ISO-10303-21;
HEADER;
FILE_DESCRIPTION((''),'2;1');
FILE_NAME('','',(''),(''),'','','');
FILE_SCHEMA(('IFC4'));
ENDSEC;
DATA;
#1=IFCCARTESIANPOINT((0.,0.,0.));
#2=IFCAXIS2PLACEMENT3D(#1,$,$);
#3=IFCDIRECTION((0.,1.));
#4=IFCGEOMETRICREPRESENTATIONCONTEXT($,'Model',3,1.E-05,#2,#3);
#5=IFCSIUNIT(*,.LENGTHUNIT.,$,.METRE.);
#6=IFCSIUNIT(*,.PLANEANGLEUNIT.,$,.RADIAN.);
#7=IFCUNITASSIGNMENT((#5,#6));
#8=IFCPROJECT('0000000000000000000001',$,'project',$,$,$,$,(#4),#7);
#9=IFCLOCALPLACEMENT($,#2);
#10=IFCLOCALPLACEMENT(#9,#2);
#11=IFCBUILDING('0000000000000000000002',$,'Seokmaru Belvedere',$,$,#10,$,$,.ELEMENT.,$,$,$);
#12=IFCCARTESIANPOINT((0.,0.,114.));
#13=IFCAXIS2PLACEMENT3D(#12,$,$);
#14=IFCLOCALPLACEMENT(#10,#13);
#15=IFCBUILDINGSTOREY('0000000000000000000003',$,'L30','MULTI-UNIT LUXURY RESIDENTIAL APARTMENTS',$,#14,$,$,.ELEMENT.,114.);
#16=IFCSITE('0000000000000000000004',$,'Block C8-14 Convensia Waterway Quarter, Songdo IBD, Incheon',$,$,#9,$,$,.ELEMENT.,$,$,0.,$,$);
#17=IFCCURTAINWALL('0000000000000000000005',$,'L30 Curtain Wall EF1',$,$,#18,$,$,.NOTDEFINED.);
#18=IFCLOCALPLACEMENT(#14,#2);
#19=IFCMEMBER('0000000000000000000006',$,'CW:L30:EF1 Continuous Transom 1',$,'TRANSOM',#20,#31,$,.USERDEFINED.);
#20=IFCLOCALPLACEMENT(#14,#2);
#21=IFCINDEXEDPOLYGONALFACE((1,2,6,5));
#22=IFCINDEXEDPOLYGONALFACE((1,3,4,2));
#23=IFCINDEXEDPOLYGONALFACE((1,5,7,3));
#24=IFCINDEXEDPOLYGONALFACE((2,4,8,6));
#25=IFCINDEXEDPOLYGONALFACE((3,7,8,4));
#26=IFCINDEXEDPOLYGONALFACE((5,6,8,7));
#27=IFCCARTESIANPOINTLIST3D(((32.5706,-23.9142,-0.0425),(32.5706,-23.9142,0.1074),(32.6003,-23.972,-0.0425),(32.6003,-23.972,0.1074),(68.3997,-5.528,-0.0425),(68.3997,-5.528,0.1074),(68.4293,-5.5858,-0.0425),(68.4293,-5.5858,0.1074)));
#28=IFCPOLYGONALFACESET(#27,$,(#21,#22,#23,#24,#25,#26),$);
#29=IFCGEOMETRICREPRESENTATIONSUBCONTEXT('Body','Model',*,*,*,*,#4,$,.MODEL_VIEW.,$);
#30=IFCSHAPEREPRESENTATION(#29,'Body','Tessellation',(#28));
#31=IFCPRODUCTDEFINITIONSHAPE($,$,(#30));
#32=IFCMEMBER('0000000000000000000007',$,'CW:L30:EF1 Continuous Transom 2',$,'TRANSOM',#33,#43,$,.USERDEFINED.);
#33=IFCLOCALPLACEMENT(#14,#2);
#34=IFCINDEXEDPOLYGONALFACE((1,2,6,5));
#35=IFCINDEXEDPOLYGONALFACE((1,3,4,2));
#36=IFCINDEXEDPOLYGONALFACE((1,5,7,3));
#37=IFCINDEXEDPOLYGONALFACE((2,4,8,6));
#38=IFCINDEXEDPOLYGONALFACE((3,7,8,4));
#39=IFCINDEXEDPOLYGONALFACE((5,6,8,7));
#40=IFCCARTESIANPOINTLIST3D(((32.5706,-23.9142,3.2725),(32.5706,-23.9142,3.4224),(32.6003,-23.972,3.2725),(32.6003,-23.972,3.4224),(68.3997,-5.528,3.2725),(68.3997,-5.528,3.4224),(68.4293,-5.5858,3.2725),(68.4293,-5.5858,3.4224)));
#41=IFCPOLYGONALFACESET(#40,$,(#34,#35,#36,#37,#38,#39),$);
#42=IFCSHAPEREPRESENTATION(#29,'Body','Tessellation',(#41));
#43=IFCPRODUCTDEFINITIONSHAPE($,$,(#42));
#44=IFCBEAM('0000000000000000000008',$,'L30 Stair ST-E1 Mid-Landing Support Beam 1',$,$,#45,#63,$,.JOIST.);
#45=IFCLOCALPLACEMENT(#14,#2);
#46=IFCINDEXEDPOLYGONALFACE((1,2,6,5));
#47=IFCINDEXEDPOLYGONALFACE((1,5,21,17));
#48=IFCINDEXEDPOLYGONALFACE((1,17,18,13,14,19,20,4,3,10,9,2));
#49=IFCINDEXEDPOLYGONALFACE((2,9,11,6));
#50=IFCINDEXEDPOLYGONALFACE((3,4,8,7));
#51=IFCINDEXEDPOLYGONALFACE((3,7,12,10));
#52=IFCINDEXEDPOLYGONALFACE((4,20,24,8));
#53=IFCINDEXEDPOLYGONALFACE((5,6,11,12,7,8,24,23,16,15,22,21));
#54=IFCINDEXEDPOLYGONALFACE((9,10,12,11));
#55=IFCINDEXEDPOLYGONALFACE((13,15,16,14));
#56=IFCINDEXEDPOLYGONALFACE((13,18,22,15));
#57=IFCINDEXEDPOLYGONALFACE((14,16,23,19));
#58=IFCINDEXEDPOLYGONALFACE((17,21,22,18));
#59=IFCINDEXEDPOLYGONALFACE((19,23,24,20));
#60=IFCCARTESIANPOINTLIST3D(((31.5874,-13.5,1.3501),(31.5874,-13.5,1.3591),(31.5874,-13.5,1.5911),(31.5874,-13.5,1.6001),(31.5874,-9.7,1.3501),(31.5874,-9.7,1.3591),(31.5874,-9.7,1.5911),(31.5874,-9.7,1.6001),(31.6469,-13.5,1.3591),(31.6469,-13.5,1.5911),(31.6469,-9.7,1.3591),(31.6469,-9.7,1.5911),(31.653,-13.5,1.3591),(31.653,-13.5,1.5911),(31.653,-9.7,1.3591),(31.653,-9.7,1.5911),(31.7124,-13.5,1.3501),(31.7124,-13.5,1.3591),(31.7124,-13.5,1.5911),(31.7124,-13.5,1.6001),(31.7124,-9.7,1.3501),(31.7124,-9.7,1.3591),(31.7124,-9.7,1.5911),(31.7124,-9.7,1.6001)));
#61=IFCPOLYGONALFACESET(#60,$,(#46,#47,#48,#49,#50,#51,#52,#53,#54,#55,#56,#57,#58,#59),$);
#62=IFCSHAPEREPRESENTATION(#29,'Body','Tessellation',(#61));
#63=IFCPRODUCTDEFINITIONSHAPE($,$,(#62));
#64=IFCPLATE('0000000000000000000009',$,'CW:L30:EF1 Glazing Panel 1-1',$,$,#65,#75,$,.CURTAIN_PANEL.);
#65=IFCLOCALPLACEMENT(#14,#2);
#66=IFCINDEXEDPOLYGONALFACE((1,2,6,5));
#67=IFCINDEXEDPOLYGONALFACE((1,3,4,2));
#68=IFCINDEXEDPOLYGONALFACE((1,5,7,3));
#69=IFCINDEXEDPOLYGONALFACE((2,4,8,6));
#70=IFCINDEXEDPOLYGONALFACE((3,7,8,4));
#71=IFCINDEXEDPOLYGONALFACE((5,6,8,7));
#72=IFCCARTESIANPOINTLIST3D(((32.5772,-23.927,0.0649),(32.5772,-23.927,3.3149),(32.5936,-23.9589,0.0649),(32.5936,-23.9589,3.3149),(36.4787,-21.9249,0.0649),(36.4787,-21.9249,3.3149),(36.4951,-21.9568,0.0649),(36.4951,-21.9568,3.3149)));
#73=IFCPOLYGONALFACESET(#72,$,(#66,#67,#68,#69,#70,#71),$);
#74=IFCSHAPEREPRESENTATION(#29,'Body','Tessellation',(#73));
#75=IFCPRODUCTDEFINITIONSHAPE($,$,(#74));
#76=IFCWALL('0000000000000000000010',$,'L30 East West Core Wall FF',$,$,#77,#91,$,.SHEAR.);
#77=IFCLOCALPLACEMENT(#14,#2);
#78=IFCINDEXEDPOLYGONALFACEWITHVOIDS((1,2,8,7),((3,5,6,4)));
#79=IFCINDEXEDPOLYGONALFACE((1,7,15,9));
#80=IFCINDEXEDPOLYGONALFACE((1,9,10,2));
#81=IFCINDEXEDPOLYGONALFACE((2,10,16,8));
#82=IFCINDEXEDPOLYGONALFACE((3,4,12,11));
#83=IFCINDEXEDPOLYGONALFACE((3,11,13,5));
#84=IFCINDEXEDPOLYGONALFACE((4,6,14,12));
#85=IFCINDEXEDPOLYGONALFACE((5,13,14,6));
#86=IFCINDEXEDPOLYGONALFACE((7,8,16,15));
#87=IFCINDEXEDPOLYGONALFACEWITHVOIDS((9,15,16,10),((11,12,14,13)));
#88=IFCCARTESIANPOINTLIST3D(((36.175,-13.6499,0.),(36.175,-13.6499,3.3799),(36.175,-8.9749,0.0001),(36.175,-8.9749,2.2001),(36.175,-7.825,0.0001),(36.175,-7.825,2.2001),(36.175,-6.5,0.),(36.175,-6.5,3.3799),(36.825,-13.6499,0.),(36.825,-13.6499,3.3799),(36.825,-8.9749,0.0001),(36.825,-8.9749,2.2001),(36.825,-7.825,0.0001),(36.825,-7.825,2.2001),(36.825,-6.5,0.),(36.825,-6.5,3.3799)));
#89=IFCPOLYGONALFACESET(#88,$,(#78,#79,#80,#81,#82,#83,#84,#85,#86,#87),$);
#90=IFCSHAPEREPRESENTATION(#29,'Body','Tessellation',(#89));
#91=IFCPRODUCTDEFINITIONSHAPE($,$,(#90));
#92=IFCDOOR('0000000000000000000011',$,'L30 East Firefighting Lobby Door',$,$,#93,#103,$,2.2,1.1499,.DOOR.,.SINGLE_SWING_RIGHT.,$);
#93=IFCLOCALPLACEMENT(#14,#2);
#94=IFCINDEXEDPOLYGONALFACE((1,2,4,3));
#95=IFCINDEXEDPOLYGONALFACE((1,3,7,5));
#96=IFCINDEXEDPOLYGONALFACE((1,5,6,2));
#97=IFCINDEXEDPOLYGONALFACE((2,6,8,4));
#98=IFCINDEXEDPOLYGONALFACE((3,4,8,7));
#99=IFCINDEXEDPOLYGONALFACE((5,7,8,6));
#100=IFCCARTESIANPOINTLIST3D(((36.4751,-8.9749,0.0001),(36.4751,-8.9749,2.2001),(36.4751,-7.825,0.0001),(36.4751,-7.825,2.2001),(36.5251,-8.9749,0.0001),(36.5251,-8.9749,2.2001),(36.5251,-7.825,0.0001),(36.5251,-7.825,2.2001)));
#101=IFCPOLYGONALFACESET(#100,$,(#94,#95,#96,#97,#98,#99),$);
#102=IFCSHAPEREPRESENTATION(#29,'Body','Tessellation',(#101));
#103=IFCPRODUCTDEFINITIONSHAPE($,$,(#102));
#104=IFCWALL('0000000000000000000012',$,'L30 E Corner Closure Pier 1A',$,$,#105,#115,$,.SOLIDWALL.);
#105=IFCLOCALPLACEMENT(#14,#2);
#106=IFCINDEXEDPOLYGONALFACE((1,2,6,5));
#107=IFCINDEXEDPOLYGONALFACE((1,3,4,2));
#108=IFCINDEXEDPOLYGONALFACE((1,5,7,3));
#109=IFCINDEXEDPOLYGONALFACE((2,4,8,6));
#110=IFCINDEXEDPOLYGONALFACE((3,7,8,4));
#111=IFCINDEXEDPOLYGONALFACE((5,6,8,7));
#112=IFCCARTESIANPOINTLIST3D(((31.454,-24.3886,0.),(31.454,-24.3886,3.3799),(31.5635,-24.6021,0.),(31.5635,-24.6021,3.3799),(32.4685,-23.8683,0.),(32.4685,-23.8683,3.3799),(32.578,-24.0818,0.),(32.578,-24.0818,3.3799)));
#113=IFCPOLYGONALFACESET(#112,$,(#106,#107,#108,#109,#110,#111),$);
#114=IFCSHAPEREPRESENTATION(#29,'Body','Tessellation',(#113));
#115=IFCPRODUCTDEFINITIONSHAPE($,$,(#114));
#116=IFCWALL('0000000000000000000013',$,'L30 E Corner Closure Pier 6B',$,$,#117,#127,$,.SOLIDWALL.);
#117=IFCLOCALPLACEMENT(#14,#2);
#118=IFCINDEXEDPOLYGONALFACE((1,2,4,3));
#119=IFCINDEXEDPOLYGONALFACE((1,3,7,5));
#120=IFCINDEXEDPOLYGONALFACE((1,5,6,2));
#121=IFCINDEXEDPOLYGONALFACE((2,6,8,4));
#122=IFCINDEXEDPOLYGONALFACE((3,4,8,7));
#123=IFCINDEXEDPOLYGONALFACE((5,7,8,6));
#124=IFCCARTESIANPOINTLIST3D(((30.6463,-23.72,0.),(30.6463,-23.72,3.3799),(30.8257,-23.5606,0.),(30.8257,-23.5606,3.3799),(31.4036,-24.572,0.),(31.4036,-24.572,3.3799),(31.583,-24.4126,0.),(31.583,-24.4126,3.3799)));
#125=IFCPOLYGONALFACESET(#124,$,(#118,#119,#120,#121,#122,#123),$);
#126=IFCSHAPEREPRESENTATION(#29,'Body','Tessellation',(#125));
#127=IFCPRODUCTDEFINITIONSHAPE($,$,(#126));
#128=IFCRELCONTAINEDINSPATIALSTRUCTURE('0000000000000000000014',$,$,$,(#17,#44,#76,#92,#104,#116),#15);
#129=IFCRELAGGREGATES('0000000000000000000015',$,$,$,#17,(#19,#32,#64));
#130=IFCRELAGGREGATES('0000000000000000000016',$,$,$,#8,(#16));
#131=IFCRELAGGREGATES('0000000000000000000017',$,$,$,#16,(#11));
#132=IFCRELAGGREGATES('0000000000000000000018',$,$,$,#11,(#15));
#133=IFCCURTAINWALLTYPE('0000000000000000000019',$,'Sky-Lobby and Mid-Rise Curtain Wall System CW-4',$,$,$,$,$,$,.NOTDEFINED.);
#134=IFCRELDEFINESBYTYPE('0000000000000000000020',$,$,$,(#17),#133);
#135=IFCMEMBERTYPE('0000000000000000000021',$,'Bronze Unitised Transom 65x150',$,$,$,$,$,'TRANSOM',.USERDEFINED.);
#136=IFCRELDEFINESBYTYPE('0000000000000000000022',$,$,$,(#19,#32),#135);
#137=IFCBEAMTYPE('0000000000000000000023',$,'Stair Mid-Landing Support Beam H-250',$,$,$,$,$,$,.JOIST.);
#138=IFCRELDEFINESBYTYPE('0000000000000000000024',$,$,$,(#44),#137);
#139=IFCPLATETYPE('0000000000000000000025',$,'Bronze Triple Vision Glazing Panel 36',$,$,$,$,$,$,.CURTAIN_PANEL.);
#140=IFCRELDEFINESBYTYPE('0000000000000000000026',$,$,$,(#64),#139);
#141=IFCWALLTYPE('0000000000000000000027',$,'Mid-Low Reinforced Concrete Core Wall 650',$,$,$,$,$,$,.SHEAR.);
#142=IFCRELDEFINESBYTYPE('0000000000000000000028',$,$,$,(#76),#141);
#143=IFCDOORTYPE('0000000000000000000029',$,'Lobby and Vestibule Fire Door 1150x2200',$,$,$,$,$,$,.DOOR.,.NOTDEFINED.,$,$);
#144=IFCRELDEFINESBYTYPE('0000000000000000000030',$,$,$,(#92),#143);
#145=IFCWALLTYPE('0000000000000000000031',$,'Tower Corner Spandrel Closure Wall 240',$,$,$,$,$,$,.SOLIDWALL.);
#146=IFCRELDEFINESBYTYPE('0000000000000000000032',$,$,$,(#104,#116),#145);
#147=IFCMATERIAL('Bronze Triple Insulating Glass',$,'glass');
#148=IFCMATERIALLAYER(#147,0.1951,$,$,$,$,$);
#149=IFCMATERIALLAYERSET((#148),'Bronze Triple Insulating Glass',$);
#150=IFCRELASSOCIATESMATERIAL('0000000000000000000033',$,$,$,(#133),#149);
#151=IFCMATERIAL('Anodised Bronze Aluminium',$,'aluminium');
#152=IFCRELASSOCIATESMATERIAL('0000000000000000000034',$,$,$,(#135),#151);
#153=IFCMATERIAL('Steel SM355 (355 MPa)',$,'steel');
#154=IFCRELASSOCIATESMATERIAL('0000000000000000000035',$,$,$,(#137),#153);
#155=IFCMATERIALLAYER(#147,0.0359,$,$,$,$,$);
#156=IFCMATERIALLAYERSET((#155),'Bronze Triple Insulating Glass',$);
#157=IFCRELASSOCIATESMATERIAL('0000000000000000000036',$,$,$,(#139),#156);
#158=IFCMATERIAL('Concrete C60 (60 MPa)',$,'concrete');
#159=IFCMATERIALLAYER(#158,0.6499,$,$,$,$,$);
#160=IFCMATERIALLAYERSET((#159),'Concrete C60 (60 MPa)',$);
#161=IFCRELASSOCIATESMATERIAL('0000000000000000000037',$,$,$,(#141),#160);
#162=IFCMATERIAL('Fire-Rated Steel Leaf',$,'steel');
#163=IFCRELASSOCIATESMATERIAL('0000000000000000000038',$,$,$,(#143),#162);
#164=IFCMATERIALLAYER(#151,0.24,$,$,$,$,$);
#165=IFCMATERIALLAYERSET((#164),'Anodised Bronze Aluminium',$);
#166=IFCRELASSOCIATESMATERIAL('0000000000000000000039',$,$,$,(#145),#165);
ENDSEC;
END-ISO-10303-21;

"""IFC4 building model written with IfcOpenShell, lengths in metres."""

from ifc_helpers import new_model, si_unit, direction, frame, frame_2d, origin, origin_2d, place, context, subcontext, project, spatial, rectangle, i_section, extrude, source, transform, mapped, material, layer, layer_set, material_profile, profile_set, type_object, type_shapes, element, fill, aggregate, save


model = new_model("IFC4")

# Units and contexts
model_context = context("Model", 3, precision=1e-05, world=origin(), true_north=direction((0.0, 1.0)))
body_context = subcontext(model_context, "Body", "Model", "MODEL_VIEW")
ifc_project = project(units=[si_unit("LENGTHUNIT", "METRE"), si_unit("PLANEANGLEUNIT", "RADIAN")], contexts=[model_context])

# Site, building, storey
site_placement = place(None, origin())
site = spatial("IfcSite", under=ifc_project, at=site_placement, Name="Block C8-14 Convensia Waterway Quarter, Songdo IBD, Incheon", CompositionType="ELEMENT", RefElevation=0.0)
building_placement = place(site_placement, origin())
building = spatial("IfcBuilding", under=site, at=building_placement, Name="Seokmaru Belvedere", CompositionType="ELEMENT")
storey_placement = place(building_placement, frame((0.0, 0.0, 114.0)))
storey = spatial("IfcBuildingStorey", under=building, at=storey_placement, Name="L30", Description="MULTI-UNIT LUXURY RESIDENTIAL APARTMENTS", CompositionType="ELEMENT", Elevation=114.0)

# Shared definitions
ifc_material_1 = material(Name="Steel SM355 (355 MPa)", Category="steel")

# Curtain wall
ifc_material_2 = material(Name="Bronze Triple Insulating Glass", Category="glass")
ifc_layer_1 = layer(ifc_material_2, 0.1951)
ifc_layer_set_1 = layer_set([ifc_layer_1], Name="Bronze Triple Insulating Glass")
curtain_wall_type = type_object("IfcCurtainWallType", Name="Sky-Lobby and Mid-Rise Curtain Wall System CW-4", PredefinedType="NOTDEFINED", material=ifc_layer_set_1)
curtain_wall_1_placement = place(storey_placement, origin())
curtain_wall_1 = element("IfcCurtainWall", 1, at=curtain_wall_1_placement, inside=storey, type_object=curtain_wall_type, Name="L30 Curtain Wall EF1", PredefinedType="NOTDEFINED")
ifc_material_3 = material(Name="Anodised Bronze Aluminium", Category="aluminium")

# Members
ifc_material_profile_1 = material_profile(ifc_material_3, rectangle(XDim=0.0649, YDim=0.1499, at=origin_2d()), Name="CW-T-65x150")
ifc_profile_set_1 = profile_set([ifc_material_profile_1], Name="Anodised Bronze Aluminium")
member_type_1 = type_object("IfcMemberType", Name="Bronze Unitised Transom 65x150", ElementType="TRANSOM", PredefinedType="USERDEFINED", material=ifc_profile_set_1)
shared_shape_1 = source(origin(), body_context, "Body", "SweptSolid", [
    extrude(rectangle(XDim=0.0649, YDim=0.1499, at=origin_2d()), origin(), (0.0, 0.0, 1.0), 40.2712),
])
type_shapes(member_type_1, [shared_shape_1])
member_1_placement = place(storey_placement, frame((32.5854, -23.9431, 0.0325), z_axis=(0.889693, 0.456559, 0.0), x_axis=(-0.456559, 0.889693, 0.0)))
member_1 = element("IfcMember", 2, at=member_1_placement, type_object=member_type_1, Name="CW:L30:EF1 Continuous Transom 1", ObjectType="TRANSOM", PredefinedType="USERDEFINED", context=body_context, shape_type="MappedRepresentation", body=[
    mapped(shared_shape_1, transform((0.0, 0.0, 0.0), scale=1.0)),
])
member_2_placement = place(storey_placement, frame((32.5854, -23.9431, 3.3474), z_axis=(0.889693, 0.456559, 0.0), x_axis=(-0.456559, 0.889693, 0.0)))
member_2 = element("IfcMember", 3, at=member_2_placement, type_object=member_type_1, Name="CW:L30:EF1 Continuous Transom 2", ObjectType="TRANSOM", PredefinedType="USERDEFINED", context=body_context, shape_type="MappedRepresentation", body=[
    mapped(shared_shape_1, transform((0.0, 0.0, 0.0), scale=1.0)),
])

# Beam
ifc_material_profile_2 = material_profile(ifc_material_1, i_section(OverallWidth=0.125, OverallDepth=0.25, WebThickness=0.0061, FlangeThickness=0.009, at=origin_2d()), Name="H-250x125x6x9")
ifc_profile_set_2 = profile_set([ifc_material_profile_2], Name="Steel SM355 (355 MPa)")
beam_type_1 = type_object("IfcBeamType", Name="Stair Mid-Landing Support Beam H-250", PredefinedType="JOIST", material=ifc_profile_set_2)
shared_shape_2 = source(origin(), body_context, "Body", "SweptSolid", [
    extrude(i_section(OverallWidth=0.125, OverallDepth=0.25, WebThickness=0.0061, FlangeThickness=0.009, at=origin_2d()), origin(), (0.0, 0.0, 1.0), 3.8),
])
type_shapes(beam_type_1, [shared_shape_2])
beam_1_placement = place(storey_placement, frame((31.6499, -13.5, 1.4751), z_axis=(0.0, 1.0, 0.0), x_axis=(-1.0, 0.0, 0.0)))
element("IfcBeam", 4, at=beam_1_placement, inside=storey, type_object=beam_type_1, Name="L30 Stair ST-E1 Mid-Landing Support Beam 1", PredefinedType="JOIST", context=body_context, shape_type="MappedRepresentation", body=[
    mapped(shared_shape_2, transform((0.0, 0.0, 0.0), scale=1.0)),
])

# Plate
ifc_layer_2 = layer(ifc_material_2, 0.0359)
ifc_layer_set_2 = layer_set([ifc_layer_2], Name="Bronze Triple Insulating Glass")
plate_type = type_object("IfcPlateType", Name="Bronze Triple Vision Glazing Panel 36", PredefinedType="CURTAIN_PANEL", material=ifc_layer_set_2)
shared_shape_3 = source(origin(), body_context, "Body", "SweptSolid", [
    extrude(rectangle(XDim=4.3853, YDim=0.0359, at=origin_2d()), origin(), (0.0, 0.0, 1.0), 3.25),
])
type_shapes(plate_type, [shared_shape_3])
plate_placement = place(storey_placement, frame((34.5361, -22.9419, 0.0649), z_axis=(0.0, 0.0, 1.0), x_axis=(0.889695, 0.456555, 0.0)))
plate = element("IfcPlate", 5, at=plate_placement, type_object=plate_type, Name="CW:L30:EF1 Glazing Panel 1-1", PredefinedType="CURTAIN_PANEL", context=body_context, shape_type="MappedRepresentation", body=[
    mapped(shared_shape_3, transform((0.0, 0.0, 0.0), scale=1.0)),
])
aggregate(curtain_wall_1, [member_1, member_2, plate])

# Wall, opening, door
ifc_material_4 = material(Name="Concrete C60 (60 MPa)", Category="concrete")
ifc_layer_3 = layer(ifc_material_4, 0.6499)
ifc_layer_set_3 = layer_set([ifc_layer_3], Name="Concrete C60 (60 MPa)")
wall_type_1 = type_object("IfcWallType", Name="Mid-Low Reinforced Concrete Core Wall 650", PredefinedType="SHEAR", material=ifc_layer_set_3)
wall_1_placement = place(storey_placement, frame((36.5, -13.6499, 0.0), z_axis=(0.0, 0.0, 1.0), x_axis=(0.0, 1.0, 0.0)))
wall_1 = element("IfcWall", 6, at=wall_1_placement, inside=storey, type_object=wall_type_1, Name="L30 East West Core Wall FF", PredefinedType="SHEAR", context=body_context, shape_type="SweptSolid", body=[
    extrude(rectangle(XDim=7.1499, YDim=0.6499, at=frame_2d((3.575, 0.0))), origin(), (0.0, 0.0, 1.0), 3.3799),
])
opening_placement = place(wall_1_placement, frame((4.675, 0.0, 0.0)))
opening = element("IfcOpeningElement", 7, at=opening_placement, cuts=wall_1, PredefinedType="OPENING", context=body_context, shape_type="SweptSolid", body=[
    extrude(rectangle(XDim=1.1499, YDim=2.2, at=frame_2d((0.575, 1.1001))), frame((0.0, 0.335, 0.0), z_axis=(0.0, -1.0, 0.0), x_axis=(1.0, 0.0, 0.0)), (0.0, 0.0, 1.0), 0.6699),
])
ifc_material_5 = material(Name="Fire-Rated Steel Leaf", Category="steel")
door_type = type_object("IfcDoorType", Name="Lobby and Vestibule Fire Door 1150x2200", OperationType="NOTDEFINED", PredefinedType="DOOR", material=ifc_material_5)
shared_shape_4 = source(origin(), body_context, "Body", "SweptSolid", [
    extrude(rectangle(XDim=1.1499, YDim=2.2, at=frame_2d((0.575, 1.1001))), frame((0.0, 0.0249, 0.0), z_axis=(0.0, -1.0, 0.0), x_axis=(1.0, 0.0, 0.0)), (0.0, 0.0, 1.0), 0.05),
])
type_shapes(door_type, [shared_shape_4])
door_placement = place(opening_placement, origin())
door = element("IfcDoor", 8, at=door_placement, inside=storey, type_object=door_type, Name="L30 East Firefighting Lobby Door", OperationType="SINGLE_SWING_RIGHT", OverallHeight=2.2, OverallWidth=1.1499, PredefinedType="DOOR", context=body_context, shape_type="MappedRepresentation", body=[
    mapped(shared_shape_4, transform((0.0, 0.0, 0.0), scale=1.0)),
])
fill(opening, door)

# Walls
ifc_layer_4 = layer(ifc_material_3, 0.24)
ifc_layer_set_4 = layer_set([ifc_layer_4], Name="Anodised Bronze Aluminium")
wall_type_2 = type_object("IfcWallType", Name="Tower Corner Spandrel Closure Wall 240", PredefinedType="SOLIDWALL", material=ifc_layer_set_4)
wall_2_placement = place(storey_placement, frame((31.5088, -24.4954, 0.0), z_axis=(0.0, 0.0, 1.0), x_axis=(0.889797, 0.456356, 0.0)))
element("IfcWall", 9, at=wall_2_placement, inside=storey, type_object=wall_type_2, Name="L30 E Corner Closure Pier 1A", PredefinedType="SOLIDWALL", context=body_context, shape_type="SweptSolid", body=[
    extrude(rectangle(XDim=1.1401, YDim=0.24, at=frame_2d((0.5701, 0.0))), origin(), (0.0, 0.0, 1.0), 3.3799),
])
wall_3_placement = place(storey_placement, frame((30.7361, -23.6404, 0.0), z_axis=(0.0, 0.0, 1.0), x_axis=(0.664337, -0.747433, 0.0)))
element("IfcWall", 10, at=wall_3_placement, inside=storey, type_object=wall_type_2, Name="L30 E Corner Closure Pier 6B", PredefinedType="SOLIDWALL", context=body_context, shape_type="SweptSolid", body=[
    extrude(rectangle(XDim=1.1399, YDim=0.24, at=frame_2d((0.5698, 0.0))), origin(), (0.0, 0.0, 1.0), 3.3799),
])

save(model, "model.ifc")
